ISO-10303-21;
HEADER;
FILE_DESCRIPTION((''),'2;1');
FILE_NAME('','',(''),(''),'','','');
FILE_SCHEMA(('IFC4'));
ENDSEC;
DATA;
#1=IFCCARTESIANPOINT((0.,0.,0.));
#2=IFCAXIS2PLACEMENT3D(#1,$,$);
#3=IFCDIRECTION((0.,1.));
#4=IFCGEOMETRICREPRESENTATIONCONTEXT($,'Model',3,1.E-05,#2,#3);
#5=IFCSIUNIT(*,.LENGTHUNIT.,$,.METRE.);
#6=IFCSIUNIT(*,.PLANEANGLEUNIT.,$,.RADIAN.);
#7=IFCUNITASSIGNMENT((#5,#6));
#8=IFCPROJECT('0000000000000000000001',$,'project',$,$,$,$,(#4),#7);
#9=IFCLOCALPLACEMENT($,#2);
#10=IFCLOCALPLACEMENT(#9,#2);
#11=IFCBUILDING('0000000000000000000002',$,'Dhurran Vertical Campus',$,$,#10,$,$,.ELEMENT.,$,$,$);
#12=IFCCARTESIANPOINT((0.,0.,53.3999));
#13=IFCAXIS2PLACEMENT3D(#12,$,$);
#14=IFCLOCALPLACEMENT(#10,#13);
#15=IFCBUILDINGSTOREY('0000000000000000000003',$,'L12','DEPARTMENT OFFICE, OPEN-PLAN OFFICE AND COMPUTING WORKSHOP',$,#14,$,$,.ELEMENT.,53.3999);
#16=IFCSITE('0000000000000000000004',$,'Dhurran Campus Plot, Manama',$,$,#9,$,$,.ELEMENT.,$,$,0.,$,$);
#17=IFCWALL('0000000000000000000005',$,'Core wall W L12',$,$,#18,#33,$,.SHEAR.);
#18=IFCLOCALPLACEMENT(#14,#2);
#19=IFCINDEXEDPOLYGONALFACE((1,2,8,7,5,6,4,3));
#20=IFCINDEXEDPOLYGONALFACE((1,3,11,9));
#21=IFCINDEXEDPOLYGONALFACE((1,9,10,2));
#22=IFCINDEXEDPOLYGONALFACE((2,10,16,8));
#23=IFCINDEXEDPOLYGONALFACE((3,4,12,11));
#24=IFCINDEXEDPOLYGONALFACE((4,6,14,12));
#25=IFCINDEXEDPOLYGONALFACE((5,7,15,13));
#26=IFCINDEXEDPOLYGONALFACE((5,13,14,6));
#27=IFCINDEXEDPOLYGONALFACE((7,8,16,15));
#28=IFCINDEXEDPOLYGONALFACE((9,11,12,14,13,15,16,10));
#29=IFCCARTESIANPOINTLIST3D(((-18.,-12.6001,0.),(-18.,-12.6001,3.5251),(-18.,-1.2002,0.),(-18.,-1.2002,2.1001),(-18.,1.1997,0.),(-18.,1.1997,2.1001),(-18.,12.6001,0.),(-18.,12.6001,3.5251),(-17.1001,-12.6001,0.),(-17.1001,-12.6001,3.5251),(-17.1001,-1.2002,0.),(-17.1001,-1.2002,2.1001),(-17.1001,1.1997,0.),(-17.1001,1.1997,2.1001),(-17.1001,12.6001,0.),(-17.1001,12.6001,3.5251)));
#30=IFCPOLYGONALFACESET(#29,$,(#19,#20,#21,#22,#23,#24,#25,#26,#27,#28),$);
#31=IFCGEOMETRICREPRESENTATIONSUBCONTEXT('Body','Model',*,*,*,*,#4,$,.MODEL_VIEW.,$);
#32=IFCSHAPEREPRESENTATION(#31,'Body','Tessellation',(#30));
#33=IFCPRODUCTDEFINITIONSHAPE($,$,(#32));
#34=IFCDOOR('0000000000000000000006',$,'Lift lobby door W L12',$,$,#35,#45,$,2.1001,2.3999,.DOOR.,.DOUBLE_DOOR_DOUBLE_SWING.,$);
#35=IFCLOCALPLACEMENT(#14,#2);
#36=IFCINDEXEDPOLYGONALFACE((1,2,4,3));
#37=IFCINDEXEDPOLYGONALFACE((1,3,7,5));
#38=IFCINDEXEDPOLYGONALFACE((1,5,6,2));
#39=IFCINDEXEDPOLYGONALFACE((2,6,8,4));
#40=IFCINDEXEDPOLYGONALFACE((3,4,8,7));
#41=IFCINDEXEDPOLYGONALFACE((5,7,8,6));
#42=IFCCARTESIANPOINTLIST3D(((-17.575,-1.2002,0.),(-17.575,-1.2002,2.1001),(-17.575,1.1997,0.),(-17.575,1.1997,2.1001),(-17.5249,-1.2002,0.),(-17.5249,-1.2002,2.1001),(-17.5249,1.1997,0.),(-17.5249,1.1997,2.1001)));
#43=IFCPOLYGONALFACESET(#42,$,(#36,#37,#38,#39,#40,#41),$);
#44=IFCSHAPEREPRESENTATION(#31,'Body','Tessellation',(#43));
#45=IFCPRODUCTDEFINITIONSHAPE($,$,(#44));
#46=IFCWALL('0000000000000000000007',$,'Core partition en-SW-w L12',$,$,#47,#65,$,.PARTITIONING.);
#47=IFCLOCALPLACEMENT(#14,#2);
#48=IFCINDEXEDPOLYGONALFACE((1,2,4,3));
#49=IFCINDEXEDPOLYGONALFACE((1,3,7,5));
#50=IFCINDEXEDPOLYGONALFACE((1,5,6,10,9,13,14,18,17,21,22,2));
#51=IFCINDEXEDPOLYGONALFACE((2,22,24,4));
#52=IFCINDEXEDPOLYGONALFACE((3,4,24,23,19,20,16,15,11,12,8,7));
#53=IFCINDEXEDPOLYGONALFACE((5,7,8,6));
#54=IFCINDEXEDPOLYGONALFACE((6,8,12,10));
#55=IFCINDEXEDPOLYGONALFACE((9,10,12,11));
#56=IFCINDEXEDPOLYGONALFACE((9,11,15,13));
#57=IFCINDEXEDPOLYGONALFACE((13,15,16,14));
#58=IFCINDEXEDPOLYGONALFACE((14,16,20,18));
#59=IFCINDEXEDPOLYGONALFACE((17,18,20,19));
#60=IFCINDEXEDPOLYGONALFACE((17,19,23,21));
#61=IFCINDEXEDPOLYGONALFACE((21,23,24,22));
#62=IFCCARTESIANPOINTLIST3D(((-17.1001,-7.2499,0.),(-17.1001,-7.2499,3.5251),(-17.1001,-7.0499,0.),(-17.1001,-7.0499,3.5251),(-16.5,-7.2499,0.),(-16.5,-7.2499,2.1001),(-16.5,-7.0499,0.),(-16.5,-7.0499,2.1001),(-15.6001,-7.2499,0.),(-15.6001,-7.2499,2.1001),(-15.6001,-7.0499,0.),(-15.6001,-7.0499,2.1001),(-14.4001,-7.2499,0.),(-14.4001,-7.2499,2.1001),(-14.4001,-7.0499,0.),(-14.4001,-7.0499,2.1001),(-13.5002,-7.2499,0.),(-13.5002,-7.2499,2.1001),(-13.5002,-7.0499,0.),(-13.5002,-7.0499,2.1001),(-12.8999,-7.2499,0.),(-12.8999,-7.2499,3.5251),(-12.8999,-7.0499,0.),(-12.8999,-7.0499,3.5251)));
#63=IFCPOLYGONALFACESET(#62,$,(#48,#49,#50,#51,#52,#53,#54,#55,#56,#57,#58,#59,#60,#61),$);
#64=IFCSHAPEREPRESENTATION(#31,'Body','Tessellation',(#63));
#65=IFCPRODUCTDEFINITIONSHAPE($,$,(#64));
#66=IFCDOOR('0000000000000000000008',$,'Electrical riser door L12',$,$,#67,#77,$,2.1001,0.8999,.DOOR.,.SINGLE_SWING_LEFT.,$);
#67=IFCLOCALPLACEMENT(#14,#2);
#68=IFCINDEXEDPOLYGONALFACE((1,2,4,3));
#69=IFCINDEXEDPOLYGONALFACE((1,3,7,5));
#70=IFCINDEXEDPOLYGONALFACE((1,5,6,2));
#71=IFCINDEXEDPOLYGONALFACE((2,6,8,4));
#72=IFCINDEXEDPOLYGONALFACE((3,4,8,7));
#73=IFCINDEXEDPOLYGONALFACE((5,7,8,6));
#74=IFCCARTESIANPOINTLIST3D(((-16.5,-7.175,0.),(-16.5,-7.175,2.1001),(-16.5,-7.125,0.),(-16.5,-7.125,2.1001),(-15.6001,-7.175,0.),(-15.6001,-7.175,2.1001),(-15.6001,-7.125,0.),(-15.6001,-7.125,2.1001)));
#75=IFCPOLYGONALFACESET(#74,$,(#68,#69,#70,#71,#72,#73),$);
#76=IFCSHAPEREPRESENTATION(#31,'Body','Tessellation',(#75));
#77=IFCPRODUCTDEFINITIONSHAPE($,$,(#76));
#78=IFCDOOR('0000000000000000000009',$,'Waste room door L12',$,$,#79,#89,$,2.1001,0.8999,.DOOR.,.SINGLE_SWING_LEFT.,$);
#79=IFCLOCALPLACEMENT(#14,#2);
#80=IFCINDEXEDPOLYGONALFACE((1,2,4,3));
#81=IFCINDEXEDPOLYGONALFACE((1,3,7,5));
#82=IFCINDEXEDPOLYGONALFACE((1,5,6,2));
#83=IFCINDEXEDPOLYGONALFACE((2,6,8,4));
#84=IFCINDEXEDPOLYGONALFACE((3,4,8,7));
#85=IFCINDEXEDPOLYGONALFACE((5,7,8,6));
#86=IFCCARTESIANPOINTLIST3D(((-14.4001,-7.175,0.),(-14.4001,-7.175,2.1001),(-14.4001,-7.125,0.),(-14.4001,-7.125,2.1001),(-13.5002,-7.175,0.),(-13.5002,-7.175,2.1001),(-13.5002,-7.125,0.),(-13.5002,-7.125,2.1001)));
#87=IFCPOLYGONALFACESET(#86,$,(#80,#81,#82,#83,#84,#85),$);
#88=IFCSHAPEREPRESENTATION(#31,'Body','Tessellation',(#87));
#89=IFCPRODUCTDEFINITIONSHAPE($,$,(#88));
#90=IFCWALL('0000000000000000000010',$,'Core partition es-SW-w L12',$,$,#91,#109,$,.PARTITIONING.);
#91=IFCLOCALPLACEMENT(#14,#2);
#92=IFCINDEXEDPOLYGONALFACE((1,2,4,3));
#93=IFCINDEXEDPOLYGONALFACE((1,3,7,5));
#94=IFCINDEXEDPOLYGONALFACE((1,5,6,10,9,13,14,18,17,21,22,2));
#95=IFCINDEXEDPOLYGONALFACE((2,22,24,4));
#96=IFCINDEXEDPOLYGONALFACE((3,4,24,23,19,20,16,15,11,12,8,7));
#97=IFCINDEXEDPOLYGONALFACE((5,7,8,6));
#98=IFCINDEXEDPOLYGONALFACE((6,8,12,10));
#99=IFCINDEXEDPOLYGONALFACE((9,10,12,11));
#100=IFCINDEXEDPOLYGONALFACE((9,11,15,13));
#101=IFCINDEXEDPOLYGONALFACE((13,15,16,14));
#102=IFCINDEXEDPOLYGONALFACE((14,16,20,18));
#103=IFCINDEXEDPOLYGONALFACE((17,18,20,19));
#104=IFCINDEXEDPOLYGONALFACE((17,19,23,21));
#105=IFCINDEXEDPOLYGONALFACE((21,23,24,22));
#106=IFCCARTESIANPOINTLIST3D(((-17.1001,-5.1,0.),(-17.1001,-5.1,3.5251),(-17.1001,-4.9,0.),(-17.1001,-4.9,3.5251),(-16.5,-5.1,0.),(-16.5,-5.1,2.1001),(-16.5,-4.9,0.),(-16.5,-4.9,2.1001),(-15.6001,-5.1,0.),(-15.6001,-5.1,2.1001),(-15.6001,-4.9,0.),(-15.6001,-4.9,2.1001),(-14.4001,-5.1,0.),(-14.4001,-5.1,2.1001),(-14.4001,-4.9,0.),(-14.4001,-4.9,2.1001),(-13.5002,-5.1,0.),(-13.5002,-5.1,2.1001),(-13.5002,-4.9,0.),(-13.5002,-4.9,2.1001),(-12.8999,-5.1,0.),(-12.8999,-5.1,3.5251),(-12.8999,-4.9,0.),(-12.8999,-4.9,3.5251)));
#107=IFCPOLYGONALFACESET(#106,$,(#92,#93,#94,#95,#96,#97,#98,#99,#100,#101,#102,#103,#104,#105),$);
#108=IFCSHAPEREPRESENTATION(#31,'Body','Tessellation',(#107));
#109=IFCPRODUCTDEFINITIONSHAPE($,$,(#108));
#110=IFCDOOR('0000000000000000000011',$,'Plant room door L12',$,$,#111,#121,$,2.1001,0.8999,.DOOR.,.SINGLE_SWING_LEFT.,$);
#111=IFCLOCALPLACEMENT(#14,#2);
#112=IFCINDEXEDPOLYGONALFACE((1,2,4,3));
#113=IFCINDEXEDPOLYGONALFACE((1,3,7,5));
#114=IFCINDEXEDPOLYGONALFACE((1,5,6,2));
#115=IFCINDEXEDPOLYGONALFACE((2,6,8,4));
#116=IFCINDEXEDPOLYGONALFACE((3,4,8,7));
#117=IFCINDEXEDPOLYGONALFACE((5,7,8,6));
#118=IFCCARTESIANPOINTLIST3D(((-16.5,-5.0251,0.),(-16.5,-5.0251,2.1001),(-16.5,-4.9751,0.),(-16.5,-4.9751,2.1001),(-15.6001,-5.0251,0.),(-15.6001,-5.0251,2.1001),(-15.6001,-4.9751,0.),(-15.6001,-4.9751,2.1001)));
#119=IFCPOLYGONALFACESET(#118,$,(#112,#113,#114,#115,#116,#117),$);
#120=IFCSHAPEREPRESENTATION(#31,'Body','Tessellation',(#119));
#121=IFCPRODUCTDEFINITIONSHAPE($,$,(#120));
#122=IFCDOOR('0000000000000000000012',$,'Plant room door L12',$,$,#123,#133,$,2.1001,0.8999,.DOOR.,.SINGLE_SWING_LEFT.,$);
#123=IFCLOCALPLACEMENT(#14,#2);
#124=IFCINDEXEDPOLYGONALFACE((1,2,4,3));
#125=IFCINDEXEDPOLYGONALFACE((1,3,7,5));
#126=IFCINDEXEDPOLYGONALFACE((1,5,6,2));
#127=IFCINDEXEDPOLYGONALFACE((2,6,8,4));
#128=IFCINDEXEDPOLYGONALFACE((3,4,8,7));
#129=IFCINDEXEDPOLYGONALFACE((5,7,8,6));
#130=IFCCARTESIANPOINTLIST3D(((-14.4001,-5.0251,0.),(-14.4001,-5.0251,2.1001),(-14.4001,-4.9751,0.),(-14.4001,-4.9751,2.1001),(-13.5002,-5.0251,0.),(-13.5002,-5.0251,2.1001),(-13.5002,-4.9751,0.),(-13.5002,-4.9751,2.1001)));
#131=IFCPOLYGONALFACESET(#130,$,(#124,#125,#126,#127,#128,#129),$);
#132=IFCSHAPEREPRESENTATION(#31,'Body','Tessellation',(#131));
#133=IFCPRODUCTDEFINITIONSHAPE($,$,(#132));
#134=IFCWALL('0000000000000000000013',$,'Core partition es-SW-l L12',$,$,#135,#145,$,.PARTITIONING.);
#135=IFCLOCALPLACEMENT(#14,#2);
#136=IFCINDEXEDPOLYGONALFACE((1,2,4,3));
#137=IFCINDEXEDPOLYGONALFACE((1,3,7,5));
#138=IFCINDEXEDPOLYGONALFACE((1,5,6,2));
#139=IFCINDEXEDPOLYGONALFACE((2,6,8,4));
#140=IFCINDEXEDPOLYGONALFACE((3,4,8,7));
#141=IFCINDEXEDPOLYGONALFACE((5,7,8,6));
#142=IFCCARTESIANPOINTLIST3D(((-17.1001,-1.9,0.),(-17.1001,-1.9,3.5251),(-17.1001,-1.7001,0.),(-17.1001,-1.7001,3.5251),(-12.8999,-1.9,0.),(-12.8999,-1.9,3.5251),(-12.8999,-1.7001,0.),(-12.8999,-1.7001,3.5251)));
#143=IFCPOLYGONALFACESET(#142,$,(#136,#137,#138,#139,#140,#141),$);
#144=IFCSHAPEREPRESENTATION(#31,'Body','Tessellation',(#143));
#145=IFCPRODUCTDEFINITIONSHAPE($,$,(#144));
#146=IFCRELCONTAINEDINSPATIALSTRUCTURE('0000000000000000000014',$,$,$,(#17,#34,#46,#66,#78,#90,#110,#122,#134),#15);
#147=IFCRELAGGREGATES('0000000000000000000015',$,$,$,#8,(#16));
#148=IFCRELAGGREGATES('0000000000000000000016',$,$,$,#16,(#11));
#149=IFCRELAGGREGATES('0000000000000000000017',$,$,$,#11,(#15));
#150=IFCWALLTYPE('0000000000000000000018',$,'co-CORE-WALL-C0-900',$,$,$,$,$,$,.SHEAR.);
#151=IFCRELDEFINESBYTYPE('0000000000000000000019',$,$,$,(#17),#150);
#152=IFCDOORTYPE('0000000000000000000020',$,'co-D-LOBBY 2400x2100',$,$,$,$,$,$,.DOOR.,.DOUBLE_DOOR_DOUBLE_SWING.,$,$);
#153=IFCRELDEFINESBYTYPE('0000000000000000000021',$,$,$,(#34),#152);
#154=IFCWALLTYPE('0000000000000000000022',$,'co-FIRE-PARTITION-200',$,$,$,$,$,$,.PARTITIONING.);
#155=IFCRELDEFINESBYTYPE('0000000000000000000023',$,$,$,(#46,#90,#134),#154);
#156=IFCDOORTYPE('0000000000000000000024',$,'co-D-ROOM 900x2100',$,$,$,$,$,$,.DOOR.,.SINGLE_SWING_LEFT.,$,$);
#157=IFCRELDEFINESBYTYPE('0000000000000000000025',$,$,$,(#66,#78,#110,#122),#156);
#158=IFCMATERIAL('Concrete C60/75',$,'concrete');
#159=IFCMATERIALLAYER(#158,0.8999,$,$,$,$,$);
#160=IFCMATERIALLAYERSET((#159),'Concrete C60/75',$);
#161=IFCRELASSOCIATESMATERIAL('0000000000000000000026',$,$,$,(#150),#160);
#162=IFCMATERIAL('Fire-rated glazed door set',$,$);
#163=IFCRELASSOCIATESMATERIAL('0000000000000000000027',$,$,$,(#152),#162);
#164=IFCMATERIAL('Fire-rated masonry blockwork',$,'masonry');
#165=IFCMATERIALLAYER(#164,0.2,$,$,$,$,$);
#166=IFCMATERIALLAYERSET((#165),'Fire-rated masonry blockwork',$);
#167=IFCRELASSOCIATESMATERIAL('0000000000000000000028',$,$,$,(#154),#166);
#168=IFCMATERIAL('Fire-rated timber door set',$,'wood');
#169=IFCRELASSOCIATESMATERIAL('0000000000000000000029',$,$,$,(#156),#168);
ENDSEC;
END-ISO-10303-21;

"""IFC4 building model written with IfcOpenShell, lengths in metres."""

from ifc_helpers import new_model, si_unit, direction, frame, frame_2d, origin, place, context, subcontext, project, spatial, rectangle, extrude, material, layer, layer_set, type_object, element, fill, save


model = new_model("IFC4")

# Units and contexts
model_context = context("Model", 3, precision=1e-05, world=origin(), true_north=direction((0.0, 1.0)))
body_context = subcontext(model_context, "Body", "Model", "MODEL_VIEW")
ifc_project = project(units=[si_unit("LENGTHUNIT", "METRE"), si_unit("PLANEANGLEUNIT", "RADIAN")], contexts=[model_context])

# Site, building, storey
site_placement = place(None, origin())
site = spatial("IfcSite", under=ifc_project, at=site_placement, Name="Dhurran Campus Plot, Manama", CompositionType="ELEMENT", RefElevation=0.0)
building_placement = place(site_placement, origin())
building = spatial("IfcBuilding", under=site, at=building_placement, Name="Dhurran Vertical Campus", CompositionType="ELEMENT")
storey_placement = place(building_placement, frame((0.0, 0.0, 53.3999)))
storey = spatial("IfcBuildingStorey", under=building, at=storey_placement, Name="L12", Description="DEPARTMENT OFFICE, OPEN-PLAN OFFICE AND COMPUTING WORKSHOP", CompositionType="ELEMENT", Elevation=53.3999)

# Shared definitions
ifc_material_1 = material(Name="Concrete C60/75", Category="concrete")
ifc_layer_1 = layer(ifc_material_1, 0.8999)
ifc_layer_set_1 = layer_set([ifc_layer_1], Name="Concrete C60/75")
wall_type_1 = type_object("IfcWallType", Name="co-CORE-WALL-C0-900", PredefinedType="SHEAR", material=ifc_layer_set_1)
ifc_material_2 = material(Name="Fire-rated glazed door set")
door_type_1 = type_object("IfcDoorType", Name="co-D-LOBBY 2400x2100", OperationType="DOUBLE_DOOR_DOUBLE_SWING", PredefinedType="DOOR", material=ifc_material_2)

# Wall, opening, door
wall_1_placement = place(storey_placement, frame((-17.55, -12.6001, 0.0), z_axis=(0.0, 0.0, 1.0), x_axis=(0.0, 1.0, 0.0)))
wall_1 = element("IfcWall", 1, at=wall_1_placement, inside=storey, type_object=wall_type_1, Name="Core wall W L12", PredefinedType="SHEAR", context=body_context, shape_type="SweptSolid", body=[
    extrude(rectangle(XDim=25.2002, YDim=0.8999, at=frame_2d((12.6001, 0.0))), origin(), (0.0, 0.0, 1.0), 3.5251),
])
opening_1_placement = place(wall_1_placement, frame((11.3999, 0.0, 0.0)))
opening_1 = element("IfcOpeningElement", 2, at=opening_1_placement, cuts=wall_1, PredefinedType="OPENING", context=body_context, shape_type="SweptSolid", body=[
    extrude(rectangle(XDim=2.3999, YDim=2.1001, at=frame_2d((1.2, 1.05))), frame((0.0, 0.46, 0.0), z_axis=(0.0, -1.0, 0.0), x_axis=(1.0, 0.0, 0.0)), (0.0, 0.0, 1.0), 0.9199),
])
door_1_placement = place(opening_1_placement, origin())
door_1 = element("IfcDoor", 3, at=door_1_placement, inside=storey, type_object=door_type_1, Name="Lift lobby door W L12", OperationType="DOUBLE_DOOR_DOUBLE_SWING", OverallHeight=2.1001, OverallWidth=2.3999, PredefinedType="DOOR", context=body_context, shape_type="SweptSolid", body=[
    extrude(rectangle(XDim=2.3999, YDim=2.1001, at=frame_2d((1.2, 1.05))), frame((0.0, 0.0249, 0.0), z_axis=(0.0, -1.0, 0.0), x_axis=(1.0, 0.0, 0.0)), (0.0, 0.0, 1.0), 0.05),
])
fill(opening_1, door_1)

# Walls, openings, doors
ifc_material_3 = material(Name="Fire-rated masonry blockwork", Category="masonry")
ifc_layer_2 = layer(ifc_material_3, 0.2)
ifc_layer_set_2 = layer_set([ifc_layer_2], Name="Fire-rated masonry blockwork")
wall_type_2 = type_object("IfcWallType", Name="co-FIRE-PARTITION-200", PredefinedType="PARTITIONING", material=ifc_layer_set_2)
wall_2_placement = place(storey_placement, frame((-17.1001, -7.1499, 0.0), z_axis=(0.0, 0.0, 1.0), x_axis=(1.0, 0.0, 0.0)))
wall_2 = element("IfcWall", 4, at=wall_2_placement, inside=storey, type_object=wall_type_2, Name="Core partition en-SW-w L12", PredefinedType="PARTITIONING", context=body_context, shape_type="SweptSolid", body=[
    extrude(rectangle(XDim=4.2002, YDim=0.2, at=frame_2d((2.1001, 0.0))), origin(), (0.0, 0.0, 1.0), 3.5251),
])
opening_2_placement = place(wall_2_placement, frame((0.6001, 0.0, 0.0)))
opening_2 = element("IfcOpeningElement", 5, at=opening_2_placement, cuts=wall_2, PredefinedType="OPENING", context=body_context, shape_type="SweptSolid", body=[
    extrude(rectangle(XDim=0.8999, YDim=2.1001, at=frame_2d((0.45, 1.05))), frame((0.0, 0.1099, 0.0), z_axis=(0.0, -1.0, 0.0), x_axis=(1.0, 0.0, 0.0)), (0.0, 0.0, 1.0), 0.22),
])
opening_3_placement = place(wall_2_placement, frame((2.7, 0.0, 0.0)))
opening_3 = element("IfcOpeningElement", 6, at=opening_3_placement, cuts=wall_2, PredefinedType="OPENING", context=body_context, shape_type="SweptSolid", body=[
    extrude(rectangle(XDim=0.8999, YDim=2.1001, at=frame_2d((0.45, 1.05))), frame((0.0, 0.1099, 0.0), z_axis=(0.0, -1.0, 0.0), x_axis=(1.0, 0.0, 0.0)), (0.0, 0.0, 1.0), 0.22),
])
ifc_material_4 = material(Name="Fire-rated timber door set", Category="wood")
door_type_2 = type_object("IfcDoorType", Name="co-D-ROOM 900x2100", OperationType="SINGLE_SWING_LEFT", PredefinedType="DOOR", material=ifc_material_4)
door_2_placement = place(opening_2_placement, origin())
door_2 = element("IfcDoor", 7, at=door_2_placement, inside=storey, type_object=door_type_2, Name="Electrical riser door L12", OperationType="SINGLE_SWING_LEFT", OverallHeight=2.1001, OverallWidth=0.8999, PredefinedType="DOOR", context=body_context, shape_type="SweptSolid", body=[
    extrude(rectangle(XDim=0.8999, YDim=2.1001, at=frame_2d((0.45, 1.05))), frame((0.0, 0.0249, 0.0), z_axis=(0.0, -1.0, 0.0), x_axis=(1.0, 0.0, 0.0)), (0.0, 0.0, 1.0), 0.05),
])
fill(opening_2, door_2)
door_3_placement = place(opening_3_placement, origin())
door_3 = element("IfcDoor", 8, at=door_3_placement, inside=storey, type_object=door_type_2, Name="Waste room door L12", OperationType="SINGLE_SWING_LEFT", OverallHeight=2.1001, OverallWidth=0.8999, PredefinedType="DOOR", context=body_context, shape_type="SweptSolid", body=[
    extrude(rectangle(XDim=0.8999, YDim=2.1001, at=frame_2d((0.45, 1.05))), frame((0.0, 0.0249, 0.0), z_axis=(0.0, -1.0, 0.0), x_axis=(1.0, 0.0, 0.0)), (0.0, 0.0, 1.0), 0.05),
])
fill(opening_3, door_3)
wall_3_placement = place(storey_placement, frame((-17.1001, -5.0, 0.0), z_axis=(0.0, 0.0, 1.0), x_axis=(1.0, 0.0, 0.0)))
wall_3 = element("IfcWall", 9, at=wall_3_placement, inside=storey, type_object=wall_type_2, Name="Core partition es-SW-w L12", PredefinedType="PARTITIONING", context=body_context, shape_type="SweptSolid", body=[
    extrude(rectangle(XDim=4.2002, YDim=0.2, at=frame_2d((2.1001, 0.0))), origin(), (0.0, 0.0, 1.0), 3.5251),
])
opening_4_placement = place(wall_3_placement, frame((0.6001, 0.0, 0.0)))
opening_4 = element("IfcOpeningElement", 10, at=opening_4_placement, cuts=wall_3, PredefinedType="OPENING", context=body_context, shape_type="SweptSolid", body=[
    extrude(rectangle(XDim=0.8999, YDim=2.1001, at=frame_2d((0.45, 1.05))), frame((0.0, 0.1099, 0.0), z_axis=(0.0, -1.0, 0.0), x_axis=(1.0, 0.0, 0.0)), (0.0, 0.0, 1.0), 0.22),
])
opening_5_placement = place(wall_3_placement, frame((2.7, 0.0, 0.0)))
opening_5 = element("IfcOpeningElement", 11, at=opening_5_placement, cuts=wall_3, PredefinedType="OPENING", context=body_context, shape_type="SweptSolid", body=[
    extrude(rectangle(XDim=0.8999, YDim=2.1001, at=frame_2d((0.45, 1.05))), frame((0.0, 0.1099, 0.0), z_axis=(0.0, -1.0, 0.0), x_axis=(1.0, 0.0, 0.0)), (0.0, 0.0, 1.0), 0.22),
])
door_4_placement = place(opening_4_placement, origin())
door_4 = element("IfcDoor", 12, at=door_4_placement, inside=storey, type_object=door_type_2, Name="Plant room door L12", OperationType="SINGLE_SWING_LEFT", OverallHeight=2.1001, OverallWidth=0.8999, PredefinedType="DOOR", context=body_context, shape_type="SweptSolid", body=[
    extrude(rectangle(XDim=0.8999, YDim=2.1001, at=frame_2d((0.45, 1.05))), frame((0.0, 0.0249, 0.0), z_axis=(0.0, -1.0, 0.0), x_axis=(1.0, 0.0, 0.0)), (0.0, 0.0, 1.0), 0.05),
])
fill(opening_4, door_4)
door_5_placement = place(opening_5_placement, origin())
door_5 = element("IfcDoor", 13, at=door_5_placement, inside=storey, type_object=door_type_2, Name="Plant room door L12", OperationType="SINGLE_SWING_LEFT", OverallHeight=2.1001, OverallWidth=0.8999, PredefinedType="DOOR", context=body_context, shape_type="SweptSolid", body=[
    extrude(rectangle(XDim=0.8999, YDim=2.1001, at=frame_2d((0.45, 1.05))), frame((0.0, 0.0249, 0.0), z_axis=(0.0, -1.0, 0.0), x_axis=(1.0, 0.0, 0.0)), (0.0, 0.0, 1.0), 0.05),
])
fill(opening_5, door_5)

# Wall
wall_4_placement = place(storey_placement, frame((-17.1001, -1.8, 0.0), z_axis=(0.0, 0.0, 1.0), x_axis=(1.0, 0.0, 0.0)))
element("IfcWall", 14, at=wall_4_placement, inside=storey, type_object=wall_type_2, Name="Core partition es-SW-l L12", PredefinedType="PARTITIONING", context=body_context, shape_type="SweptSolid", body=[
    extrude(rectangle(XDim=4.2002, YDim=0.2, at=frame_2d((2.1001, 0.0))), origin(), (0.0, 0.0, 1.0), 3.5251),
])

save(model, "model.ifc")
